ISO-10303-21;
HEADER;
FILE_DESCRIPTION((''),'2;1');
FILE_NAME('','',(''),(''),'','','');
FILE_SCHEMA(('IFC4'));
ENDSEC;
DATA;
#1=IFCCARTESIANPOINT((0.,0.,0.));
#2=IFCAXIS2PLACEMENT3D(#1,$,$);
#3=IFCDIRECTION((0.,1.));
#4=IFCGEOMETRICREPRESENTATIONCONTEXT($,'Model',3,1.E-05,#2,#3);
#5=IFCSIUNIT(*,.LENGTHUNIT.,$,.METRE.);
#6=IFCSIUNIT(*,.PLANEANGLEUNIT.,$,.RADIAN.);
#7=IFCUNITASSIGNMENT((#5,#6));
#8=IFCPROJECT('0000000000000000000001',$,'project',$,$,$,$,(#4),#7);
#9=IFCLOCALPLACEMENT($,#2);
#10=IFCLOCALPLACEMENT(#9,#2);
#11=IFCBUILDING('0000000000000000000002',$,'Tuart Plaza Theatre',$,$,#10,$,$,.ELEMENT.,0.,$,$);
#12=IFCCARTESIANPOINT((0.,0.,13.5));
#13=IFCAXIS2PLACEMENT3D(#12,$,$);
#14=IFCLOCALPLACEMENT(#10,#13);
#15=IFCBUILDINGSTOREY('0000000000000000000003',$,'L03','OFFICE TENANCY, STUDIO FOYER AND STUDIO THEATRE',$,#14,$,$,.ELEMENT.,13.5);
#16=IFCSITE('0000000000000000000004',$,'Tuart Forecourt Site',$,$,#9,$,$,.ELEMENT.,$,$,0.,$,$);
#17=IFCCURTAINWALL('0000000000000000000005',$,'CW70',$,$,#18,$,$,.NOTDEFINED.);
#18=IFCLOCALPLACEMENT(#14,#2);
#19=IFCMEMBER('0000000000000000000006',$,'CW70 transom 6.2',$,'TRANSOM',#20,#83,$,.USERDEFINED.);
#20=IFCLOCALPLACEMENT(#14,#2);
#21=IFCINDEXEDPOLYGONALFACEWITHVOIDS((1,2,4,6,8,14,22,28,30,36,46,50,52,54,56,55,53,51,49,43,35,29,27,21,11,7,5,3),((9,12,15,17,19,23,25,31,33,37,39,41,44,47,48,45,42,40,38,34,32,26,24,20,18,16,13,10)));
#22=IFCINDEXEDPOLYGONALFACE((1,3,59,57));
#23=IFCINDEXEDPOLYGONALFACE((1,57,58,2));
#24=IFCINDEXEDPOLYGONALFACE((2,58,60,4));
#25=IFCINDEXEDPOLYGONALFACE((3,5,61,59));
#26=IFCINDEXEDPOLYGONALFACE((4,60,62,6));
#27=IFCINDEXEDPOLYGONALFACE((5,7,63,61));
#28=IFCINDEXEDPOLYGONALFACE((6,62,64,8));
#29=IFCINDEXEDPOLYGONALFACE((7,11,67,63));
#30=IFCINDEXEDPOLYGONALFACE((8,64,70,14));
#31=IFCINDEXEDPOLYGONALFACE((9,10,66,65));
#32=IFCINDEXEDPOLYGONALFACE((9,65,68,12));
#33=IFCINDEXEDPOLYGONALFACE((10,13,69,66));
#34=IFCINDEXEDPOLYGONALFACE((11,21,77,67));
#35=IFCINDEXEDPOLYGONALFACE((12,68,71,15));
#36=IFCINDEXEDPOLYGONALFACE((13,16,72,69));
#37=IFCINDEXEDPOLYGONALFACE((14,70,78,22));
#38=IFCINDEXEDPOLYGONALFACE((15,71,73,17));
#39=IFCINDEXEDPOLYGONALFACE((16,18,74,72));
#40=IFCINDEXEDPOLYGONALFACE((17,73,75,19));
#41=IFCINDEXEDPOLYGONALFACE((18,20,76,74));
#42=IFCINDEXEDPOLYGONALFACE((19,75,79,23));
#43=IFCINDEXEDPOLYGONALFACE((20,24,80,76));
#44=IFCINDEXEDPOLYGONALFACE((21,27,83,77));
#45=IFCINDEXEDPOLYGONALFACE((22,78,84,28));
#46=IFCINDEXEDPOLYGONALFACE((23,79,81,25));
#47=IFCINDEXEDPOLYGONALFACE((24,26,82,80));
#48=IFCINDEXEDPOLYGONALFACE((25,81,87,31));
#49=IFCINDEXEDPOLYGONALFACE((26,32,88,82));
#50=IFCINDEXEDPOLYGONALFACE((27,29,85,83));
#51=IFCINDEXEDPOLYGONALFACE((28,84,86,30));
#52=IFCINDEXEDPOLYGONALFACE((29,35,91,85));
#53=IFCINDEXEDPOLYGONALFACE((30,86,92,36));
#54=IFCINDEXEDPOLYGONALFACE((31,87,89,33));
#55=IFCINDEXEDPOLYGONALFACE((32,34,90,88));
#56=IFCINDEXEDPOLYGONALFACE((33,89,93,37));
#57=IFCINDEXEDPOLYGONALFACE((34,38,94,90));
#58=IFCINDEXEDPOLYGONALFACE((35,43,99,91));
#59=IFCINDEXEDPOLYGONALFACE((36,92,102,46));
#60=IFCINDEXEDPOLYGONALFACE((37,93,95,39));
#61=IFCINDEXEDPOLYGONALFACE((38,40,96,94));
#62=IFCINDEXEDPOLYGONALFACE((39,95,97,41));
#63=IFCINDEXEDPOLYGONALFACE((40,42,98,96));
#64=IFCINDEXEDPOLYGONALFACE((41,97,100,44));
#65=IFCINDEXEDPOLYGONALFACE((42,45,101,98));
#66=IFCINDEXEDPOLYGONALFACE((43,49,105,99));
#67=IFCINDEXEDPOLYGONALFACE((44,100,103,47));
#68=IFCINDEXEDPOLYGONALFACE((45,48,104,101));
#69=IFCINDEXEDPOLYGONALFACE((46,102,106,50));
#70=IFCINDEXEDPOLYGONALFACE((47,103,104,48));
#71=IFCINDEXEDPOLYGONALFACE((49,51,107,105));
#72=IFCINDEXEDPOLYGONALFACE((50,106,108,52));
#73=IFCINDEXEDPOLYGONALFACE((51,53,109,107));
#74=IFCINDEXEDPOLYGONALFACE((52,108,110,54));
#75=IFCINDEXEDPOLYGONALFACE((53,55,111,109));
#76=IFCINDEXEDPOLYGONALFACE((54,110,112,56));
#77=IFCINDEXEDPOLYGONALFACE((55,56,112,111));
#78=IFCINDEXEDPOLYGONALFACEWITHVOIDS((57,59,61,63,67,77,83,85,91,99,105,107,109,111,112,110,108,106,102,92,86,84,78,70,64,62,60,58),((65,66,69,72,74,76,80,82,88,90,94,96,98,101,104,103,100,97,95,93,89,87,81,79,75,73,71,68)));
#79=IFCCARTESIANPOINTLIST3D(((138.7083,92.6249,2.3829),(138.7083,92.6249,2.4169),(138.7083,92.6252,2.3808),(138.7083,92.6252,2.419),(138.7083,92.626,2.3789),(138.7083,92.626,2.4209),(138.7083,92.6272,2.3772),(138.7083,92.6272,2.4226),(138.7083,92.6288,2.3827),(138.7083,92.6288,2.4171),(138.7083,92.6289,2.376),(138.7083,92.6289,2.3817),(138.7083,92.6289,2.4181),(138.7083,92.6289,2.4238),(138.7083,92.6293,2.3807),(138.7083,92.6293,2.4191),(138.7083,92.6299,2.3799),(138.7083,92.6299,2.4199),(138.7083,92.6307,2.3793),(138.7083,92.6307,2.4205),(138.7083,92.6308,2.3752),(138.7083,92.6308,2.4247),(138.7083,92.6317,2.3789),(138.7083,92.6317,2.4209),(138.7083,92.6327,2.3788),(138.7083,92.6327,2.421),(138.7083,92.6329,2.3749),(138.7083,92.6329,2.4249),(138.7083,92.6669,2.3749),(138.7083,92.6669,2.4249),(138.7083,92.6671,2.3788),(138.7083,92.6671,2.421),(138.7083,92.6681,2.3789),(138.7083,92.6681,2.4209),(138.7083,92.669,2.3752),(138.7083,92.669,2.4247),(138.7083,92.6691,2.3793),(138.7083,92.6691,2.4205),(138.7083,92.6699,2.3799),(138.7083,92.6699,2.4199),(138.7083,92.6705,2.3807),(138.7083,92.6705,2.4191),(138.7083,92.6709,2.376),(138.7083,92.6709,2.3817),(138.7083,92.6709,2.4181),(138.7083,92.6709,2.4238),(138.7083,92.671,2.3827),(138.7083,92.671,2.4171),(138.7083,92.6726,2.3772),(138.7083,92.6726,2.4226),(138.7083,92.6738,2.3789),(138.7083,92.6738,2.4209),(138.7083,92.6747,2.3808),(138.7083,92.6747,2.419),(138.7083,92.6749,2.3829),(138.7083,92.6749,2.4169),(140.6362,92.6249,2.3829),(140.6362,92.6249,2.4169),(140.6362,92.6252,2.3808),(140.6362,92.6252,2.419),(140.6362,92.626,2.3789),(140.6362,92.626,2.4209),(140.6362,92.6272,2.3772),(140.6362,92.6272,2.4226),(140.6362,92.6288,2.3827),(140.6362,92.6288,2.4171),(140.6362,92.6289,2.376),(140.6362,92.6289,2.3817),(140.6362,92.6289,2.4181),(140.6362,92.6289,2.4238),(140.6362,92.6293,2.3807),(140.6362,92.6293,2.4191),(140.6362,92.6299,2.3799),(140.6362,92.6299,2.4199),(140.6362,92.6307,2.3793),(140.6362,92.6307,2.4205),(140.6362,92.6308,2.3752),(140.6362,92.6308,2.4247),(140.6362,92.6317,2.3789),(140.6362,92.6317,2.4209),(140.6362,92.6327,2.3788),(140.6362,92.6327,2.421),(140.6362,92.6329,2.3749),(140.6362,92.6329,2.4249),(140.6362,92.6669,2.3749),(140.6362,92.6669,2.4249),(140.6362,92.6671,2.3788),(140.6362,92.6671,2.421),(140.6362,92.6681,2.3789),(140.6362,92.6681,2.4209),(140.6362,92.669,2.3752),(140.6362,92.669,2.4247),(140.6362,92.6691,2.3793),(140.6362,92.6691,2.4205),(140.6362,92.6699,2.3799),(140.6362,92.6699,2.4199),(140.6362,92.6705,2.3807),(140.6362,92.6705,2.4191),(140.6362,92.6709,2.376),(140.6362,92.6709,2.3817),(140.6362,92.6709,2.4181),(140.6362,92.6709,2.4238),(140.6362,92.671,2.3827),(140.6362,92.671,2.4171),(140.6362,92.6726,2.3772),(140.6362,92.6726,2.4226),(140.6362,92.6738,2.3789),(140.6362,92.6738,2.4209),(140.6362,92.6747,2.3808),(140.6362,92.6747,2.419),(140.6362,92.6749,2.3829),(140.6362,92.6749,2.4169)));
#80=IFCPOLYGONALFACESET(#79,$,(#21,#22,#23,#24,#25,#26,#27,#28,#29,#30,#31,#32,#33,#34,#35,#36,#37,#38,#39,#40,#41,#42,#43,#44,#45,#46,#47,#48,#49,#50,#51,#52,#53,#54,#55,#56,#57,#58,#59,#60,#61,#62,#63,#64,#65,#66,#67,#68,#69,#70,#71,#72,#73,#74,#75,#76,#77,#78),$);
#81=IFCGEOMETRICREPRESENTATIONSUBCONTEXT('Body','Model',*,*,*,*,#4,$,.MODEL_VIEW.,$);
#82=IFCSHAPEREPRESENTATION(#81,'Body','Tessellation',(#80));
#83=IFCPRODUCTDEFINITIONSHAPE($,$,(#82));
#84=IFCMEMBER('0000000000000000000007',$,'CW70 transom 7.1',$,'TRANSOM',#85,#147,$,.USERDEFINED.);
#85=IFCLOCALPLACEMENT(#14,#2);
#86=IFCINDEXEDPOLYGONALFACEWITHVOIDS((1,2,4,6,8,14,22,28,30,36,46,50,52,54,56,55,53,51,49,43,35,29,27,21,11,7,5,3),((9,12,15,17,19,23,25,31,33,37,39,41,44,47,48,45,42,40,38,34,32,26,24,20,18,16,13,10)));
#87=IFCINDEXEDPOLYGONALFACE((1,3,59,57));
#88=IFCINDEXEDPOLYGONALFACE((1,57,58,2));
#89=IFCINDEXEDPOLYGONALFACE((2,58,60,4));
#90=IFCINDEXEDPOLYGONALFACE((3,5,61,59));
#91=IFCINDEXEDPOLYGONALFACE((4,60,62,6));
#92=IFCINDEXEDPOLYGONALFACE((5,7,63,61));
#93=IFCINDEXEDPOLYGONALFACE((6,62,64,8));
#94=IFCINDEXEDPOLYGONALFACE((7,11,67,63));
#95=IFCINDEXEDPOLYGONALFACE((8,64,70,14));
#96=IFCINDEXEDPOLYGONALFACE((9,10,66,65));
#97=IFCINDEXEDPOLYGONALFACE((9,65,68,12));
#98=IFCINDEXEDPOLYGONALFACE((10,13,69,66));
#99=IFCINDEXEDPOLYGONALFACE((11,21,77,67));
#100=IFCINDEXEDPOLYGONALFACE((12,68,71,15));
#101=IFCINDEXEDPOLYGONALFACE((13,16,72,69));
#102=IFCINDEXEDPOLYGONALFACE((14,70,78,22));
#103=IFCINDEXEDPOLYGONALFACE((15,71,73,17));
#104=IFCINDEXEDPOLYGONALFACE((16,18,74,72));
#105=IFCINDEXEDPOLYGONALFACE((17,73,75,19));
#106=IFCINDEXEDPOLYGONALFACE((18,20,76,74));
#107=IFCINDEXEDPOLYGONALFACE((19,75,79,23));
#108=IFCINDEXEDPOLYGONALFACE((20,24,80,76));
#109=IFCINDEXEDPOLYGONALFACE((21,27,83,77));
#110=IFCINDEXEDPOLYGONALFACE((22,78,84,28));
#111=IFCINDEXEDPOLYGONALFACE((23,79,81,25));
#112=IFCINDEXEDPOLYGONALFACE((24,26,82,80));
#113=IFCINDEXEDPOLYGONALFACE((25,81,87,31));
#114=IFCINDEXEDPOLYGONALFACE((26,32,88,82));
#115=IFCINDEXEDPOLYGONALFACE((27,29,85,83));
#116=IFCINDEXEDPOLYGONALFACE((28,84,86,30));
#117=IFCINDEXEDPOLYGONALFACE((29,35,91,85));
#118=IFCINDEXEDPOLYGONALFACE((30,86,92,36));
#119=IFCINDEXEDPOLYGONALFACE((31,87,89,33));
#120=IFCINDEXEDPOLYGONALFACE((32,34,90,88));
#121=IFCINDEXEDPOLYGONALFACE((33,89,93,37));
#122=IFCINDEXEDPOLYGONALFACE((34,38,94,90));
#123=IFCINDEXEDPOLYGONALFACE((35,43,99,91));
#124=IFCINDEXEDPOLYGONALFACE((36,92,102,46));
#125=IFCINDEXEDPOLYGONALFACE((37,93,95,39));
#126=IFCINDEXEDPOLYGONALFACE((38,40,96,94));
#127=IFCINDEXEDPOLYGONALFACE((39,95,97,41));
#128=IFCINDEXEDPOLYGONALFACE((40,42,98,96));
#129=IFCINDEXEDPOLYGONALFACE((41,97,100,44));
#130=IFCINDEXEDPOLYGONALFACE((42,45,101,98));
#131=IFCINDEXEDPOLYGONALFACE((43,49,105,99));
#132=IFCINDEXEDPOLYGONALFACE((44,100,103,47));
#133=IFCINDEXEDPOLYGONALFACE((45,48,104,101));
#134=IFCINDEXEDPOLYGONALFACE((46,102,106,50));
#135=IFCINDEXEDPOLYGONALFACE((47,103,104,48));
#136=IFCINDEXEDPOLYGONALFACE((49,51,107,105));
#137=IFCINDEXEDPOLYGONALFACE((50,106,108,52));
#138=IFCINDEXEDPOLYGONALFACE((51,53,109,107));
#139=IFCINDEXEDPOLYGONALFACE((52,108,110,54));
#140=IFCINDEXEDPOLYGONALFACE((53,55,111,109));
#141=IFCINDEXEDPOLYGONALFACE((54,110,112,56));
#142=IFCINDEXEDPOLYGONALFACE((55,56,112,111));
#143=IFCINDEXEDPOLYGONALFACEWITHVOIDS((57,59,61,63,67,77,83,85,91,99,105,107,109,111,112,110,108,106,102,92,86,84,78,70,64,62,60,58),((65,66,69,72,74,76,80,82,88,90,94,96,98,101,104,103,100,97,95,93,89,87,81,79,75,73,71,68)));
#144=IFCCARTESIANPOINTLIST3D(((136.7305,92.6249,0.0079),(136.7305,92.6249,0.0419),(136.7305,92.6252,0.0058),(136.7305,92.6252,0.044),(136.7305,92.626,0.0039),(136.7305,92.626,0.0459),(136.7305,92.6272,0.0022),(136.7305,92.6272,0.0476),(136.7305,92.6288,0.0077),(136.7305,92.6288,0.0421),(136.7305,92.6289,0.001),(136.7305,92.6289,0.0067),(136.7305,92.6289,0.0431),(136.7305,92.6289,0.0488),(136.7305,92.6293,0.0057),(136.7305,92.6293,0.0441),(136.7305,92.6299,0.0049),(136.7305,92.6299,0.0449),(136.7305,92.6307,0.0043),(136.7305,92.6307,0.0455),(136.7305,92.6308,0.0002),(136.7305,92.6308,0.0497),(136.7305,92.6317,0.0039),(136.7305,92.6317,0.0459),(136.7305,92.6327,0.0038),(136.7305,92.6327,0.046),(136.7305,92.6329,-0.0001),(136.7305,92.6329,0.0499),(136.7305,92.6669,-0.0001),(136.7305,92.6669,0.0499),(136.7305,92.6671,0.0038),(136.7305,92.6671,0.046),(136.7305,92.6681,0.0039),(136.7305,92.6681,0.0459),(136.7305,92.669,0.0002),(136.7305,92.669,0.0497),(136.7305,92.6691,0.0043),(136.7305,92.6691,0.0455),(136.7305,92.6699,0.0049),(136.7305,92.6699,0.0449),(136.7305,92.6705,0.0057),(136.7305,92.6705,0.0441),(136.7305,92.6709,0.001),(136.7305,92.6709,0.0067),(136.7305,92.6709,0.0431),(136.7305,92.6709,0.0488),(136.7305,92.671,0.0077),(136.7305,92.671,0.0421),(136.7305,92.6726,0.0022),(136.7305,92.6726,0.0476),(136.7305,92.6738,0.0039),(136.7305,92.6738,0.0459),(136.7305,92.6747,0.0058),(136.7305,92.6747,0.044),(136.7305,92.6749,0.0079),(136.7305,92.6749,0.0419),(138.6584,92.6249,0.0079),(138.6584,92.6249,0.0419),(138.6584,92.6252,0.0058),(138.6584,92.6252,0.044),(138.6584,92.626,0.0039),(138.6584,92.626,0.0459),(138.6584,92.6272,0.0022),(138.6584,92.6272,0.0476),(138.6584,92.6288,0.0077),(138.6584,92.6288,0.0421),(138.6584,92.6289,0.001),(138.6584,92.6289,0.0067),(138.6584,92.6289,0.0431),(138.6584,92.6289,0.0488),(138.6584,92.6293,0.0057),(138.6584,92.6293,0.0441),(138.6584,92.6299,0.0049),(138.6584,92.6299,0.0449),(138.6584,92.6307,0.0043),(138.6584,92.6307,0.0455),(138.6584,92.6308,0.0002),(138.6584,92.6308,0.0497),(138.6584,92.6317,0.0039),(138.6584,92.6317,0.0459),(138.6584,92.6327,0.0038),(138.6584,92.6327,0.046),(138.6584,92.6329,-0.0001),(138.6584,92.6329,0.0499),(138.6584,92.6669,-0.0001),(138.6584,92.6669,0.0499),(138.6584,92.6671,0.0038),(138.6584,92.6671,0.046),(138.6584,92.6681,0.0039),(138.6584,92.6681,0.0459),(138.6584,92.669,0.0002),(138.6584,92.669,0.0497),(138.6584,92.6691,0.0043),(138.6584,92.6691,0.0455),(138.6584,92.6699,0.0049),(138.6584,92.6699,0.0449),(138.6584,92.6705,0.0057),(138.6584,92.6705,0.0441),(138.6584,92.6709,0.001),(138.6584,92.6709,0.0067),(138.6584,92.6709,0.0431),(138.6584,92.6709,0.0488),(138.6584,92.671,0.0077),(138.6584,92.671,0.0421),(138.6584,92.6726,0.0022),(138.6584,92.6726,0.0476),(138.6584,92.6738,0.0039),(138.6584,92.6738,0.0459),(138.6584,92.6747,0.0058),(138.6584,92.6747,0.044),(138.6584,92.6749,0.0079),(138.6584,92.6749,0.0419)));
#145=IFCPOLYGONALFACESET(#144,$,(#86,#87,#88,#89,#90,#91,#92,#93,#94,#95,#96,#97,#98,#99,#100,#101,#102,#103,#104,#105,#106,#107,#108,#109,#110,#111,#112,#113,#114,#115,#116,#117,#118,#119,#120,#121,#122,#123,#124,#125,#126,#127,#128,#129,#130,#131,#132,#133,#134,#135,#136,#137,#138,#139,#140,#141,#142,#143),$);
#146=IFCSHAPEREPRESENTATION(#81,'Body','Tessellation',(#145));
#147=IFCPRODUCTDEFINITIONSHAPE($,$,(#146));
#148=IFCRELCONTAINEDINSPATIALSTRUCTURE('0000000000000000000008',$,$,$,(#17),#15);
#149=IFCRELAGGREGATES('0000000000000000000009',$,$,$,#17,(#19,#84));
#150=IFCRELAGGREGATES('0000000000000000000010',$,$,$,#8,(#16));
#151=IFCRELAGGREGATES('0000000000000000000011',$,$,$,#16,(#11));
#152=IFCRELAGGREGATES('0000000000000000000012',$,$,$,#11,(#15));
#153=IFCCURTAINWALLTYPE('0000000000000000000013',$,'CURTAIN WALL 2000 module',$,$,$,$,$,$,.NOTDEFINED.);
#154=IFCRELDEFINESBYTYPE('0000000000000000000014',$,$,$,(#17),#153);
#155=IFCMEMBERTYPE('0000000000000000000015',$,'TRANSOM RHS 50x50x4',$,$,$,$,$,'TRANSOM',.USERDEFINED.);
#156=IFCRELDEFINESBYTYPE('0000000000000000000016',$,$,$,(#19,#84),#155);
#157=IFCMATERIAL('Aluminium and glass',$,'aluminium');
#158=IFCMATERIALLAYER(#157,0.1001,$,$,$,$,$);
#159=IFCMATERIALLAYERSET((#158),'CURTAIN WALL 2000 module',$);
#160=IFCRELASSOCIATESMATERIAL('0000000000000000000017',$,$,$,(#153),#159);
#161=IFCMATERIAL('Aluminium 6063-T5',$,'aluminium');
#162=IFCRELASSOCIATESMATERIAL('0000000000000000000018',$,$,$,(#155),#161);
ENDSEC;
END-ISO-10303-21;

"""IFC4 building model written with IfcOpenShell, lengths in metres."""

from ifc_helpers import new_model, si_unit, direction, frame, origin, origin_2d, place, context, subcontext, project, spatial, hollow_rectangle, extrude, material, layer, layer_set, material_profile, profile_set, type_object, element, aggregate, save


model = new_model("IFC4")

# Units and contexts
model_context = context("Model", 3, precision=1e-05, world=origin(), true_north=direction((0.0, 1.0)))
body_context = subcontext(model_context, "Body", "Model", "MODEL_VIEW")
ifc_project = project(units=[si_unit("LENGTHUNIT", "METRE"), si_unit("PLANEANGLEUNIT", "RADIAN")], contexts=[model_context])

# Site, building, storey
site_placement = place(None, origin())
site = spatial("IfcSite", under=ifc_project, at=site_placement, Name="Tuart Forecourt Site", CompositionType="ELEMENT", RefElevation=0.0)
building_placement = place(site_placement, origin())
building = spatial("IfcBuilding", under=site, at=building_placement, Name="Tuart Plaza Theatre", CompositionType="ELEMENT", ElevationOfRefHeight=0.0)
storey_placement = place(building_placement, frame((0.0, 0.0, 13.5)))
storey = spatial("IfcBuildingStorey", under=building, at=storey_placement, Name="L03", Description="OFFICE TENANCY, STUDIO FOYER AND STUDIO THEATRE", CompositionType="ELEMENT", Elevation=13.5)

# Curtain wall, members
ifc_material_1 = material(Name="Aluminium and glass", Category="aluminium")
ifc_layer_1 = layer(ifc_material_1, 0.1001)
ifc_layer_set_1 = layer_set([ifc_layer_1], Name="CURTAIN WALL 2000 module")
curtain_wall_type = type_object("IfcCurtainWallType", Name="CURTAIN WALL 2000 module", PredefinedType="NOTDEFINED", material=ifc_layer_set_1)
curtain_wall_placement = place(storey_placement, origin())
curtain_wall = element("IfcCurtainWall", 1, at=curtain_wall_placement, inside=storey, type_object=curtain_wall_type, Name="CW70", PredefinedType="NOTDEFINED")
ifc_material_2 = material(Name="Aluminium 6063-T5", Category="aluminium")
ifc_material_profile_1 = material_profile(ifc_material_2, hollow_rectangle(XDim=0.05, YDim=0.05, WallThickness=0.0039, InnerFilletRadius=0.0039, OuterFilletRadius=0.0081, at=origin_2d()), Name="RHS 50x50x4")
ifc_profile_set_1 = profile_set([ifc_material_profile_1], Name="Aluminium 6063-T5")
member_type_1 = type_object("IfcMemberType", Name="TRANSOM RHS 50x50x4", ElementType="TRANSOM", PredefinedType="USERDEFINED", material=ifc_profile_set_1)
member_1_placement = place(storey_placement, frame((140.6362, 92.6499, 2.3999), z_axis=(-1.0, 0.0, 0.0), x_axis=(0.0, -1.0, 0.0)))
member_1 = element("IfcMember", 2, at=member_1_placement, type_object=member_type_1, Name="CW70 transom 6.2", ObjectType="TRANSOM", PredefinedType="USERDEFINED", context=body_context, shape_type="SweptSolid", body=[
    extrude(hollow_rectangle(XDim=0.05, YDim=0.05, WallThickness=0.0039, InnerFilletRadius=0.0039, OuterFilletRadius=0.0081, at=origin_2d()), origin(), (0.0, 0.0, 1.0), 1.928),
])
member_2_placement = place(storey_placement, frame((138.6584, 92.6499, 0.0249), z_axis=(-1.0, 0.0, 0.0), x_axis=(0.0, -1.0, 0.0)))
member_2 = element("IfcMember", 3, at=member_2_placement, type_object=member_type_1, Name="CW70 transom 7.1", ObjectType="TRANSOM", PredefinedType="USERDEFINED", context=body_context, shape_type="SweptSolid", body=[
    extrude(hollow_rectangle(XDim=0.05, YDim=0.05, WallThickness=0.0039, InnerFilletRadius=0.0039, OuterFilletRadius=0.0081, at=origin_2d()), origin(), (0.0, 0.0, 1.0), 1.928),
])
aggregate(curtain_wall, [member_1, member_2])

save(model, "model.ifc")
